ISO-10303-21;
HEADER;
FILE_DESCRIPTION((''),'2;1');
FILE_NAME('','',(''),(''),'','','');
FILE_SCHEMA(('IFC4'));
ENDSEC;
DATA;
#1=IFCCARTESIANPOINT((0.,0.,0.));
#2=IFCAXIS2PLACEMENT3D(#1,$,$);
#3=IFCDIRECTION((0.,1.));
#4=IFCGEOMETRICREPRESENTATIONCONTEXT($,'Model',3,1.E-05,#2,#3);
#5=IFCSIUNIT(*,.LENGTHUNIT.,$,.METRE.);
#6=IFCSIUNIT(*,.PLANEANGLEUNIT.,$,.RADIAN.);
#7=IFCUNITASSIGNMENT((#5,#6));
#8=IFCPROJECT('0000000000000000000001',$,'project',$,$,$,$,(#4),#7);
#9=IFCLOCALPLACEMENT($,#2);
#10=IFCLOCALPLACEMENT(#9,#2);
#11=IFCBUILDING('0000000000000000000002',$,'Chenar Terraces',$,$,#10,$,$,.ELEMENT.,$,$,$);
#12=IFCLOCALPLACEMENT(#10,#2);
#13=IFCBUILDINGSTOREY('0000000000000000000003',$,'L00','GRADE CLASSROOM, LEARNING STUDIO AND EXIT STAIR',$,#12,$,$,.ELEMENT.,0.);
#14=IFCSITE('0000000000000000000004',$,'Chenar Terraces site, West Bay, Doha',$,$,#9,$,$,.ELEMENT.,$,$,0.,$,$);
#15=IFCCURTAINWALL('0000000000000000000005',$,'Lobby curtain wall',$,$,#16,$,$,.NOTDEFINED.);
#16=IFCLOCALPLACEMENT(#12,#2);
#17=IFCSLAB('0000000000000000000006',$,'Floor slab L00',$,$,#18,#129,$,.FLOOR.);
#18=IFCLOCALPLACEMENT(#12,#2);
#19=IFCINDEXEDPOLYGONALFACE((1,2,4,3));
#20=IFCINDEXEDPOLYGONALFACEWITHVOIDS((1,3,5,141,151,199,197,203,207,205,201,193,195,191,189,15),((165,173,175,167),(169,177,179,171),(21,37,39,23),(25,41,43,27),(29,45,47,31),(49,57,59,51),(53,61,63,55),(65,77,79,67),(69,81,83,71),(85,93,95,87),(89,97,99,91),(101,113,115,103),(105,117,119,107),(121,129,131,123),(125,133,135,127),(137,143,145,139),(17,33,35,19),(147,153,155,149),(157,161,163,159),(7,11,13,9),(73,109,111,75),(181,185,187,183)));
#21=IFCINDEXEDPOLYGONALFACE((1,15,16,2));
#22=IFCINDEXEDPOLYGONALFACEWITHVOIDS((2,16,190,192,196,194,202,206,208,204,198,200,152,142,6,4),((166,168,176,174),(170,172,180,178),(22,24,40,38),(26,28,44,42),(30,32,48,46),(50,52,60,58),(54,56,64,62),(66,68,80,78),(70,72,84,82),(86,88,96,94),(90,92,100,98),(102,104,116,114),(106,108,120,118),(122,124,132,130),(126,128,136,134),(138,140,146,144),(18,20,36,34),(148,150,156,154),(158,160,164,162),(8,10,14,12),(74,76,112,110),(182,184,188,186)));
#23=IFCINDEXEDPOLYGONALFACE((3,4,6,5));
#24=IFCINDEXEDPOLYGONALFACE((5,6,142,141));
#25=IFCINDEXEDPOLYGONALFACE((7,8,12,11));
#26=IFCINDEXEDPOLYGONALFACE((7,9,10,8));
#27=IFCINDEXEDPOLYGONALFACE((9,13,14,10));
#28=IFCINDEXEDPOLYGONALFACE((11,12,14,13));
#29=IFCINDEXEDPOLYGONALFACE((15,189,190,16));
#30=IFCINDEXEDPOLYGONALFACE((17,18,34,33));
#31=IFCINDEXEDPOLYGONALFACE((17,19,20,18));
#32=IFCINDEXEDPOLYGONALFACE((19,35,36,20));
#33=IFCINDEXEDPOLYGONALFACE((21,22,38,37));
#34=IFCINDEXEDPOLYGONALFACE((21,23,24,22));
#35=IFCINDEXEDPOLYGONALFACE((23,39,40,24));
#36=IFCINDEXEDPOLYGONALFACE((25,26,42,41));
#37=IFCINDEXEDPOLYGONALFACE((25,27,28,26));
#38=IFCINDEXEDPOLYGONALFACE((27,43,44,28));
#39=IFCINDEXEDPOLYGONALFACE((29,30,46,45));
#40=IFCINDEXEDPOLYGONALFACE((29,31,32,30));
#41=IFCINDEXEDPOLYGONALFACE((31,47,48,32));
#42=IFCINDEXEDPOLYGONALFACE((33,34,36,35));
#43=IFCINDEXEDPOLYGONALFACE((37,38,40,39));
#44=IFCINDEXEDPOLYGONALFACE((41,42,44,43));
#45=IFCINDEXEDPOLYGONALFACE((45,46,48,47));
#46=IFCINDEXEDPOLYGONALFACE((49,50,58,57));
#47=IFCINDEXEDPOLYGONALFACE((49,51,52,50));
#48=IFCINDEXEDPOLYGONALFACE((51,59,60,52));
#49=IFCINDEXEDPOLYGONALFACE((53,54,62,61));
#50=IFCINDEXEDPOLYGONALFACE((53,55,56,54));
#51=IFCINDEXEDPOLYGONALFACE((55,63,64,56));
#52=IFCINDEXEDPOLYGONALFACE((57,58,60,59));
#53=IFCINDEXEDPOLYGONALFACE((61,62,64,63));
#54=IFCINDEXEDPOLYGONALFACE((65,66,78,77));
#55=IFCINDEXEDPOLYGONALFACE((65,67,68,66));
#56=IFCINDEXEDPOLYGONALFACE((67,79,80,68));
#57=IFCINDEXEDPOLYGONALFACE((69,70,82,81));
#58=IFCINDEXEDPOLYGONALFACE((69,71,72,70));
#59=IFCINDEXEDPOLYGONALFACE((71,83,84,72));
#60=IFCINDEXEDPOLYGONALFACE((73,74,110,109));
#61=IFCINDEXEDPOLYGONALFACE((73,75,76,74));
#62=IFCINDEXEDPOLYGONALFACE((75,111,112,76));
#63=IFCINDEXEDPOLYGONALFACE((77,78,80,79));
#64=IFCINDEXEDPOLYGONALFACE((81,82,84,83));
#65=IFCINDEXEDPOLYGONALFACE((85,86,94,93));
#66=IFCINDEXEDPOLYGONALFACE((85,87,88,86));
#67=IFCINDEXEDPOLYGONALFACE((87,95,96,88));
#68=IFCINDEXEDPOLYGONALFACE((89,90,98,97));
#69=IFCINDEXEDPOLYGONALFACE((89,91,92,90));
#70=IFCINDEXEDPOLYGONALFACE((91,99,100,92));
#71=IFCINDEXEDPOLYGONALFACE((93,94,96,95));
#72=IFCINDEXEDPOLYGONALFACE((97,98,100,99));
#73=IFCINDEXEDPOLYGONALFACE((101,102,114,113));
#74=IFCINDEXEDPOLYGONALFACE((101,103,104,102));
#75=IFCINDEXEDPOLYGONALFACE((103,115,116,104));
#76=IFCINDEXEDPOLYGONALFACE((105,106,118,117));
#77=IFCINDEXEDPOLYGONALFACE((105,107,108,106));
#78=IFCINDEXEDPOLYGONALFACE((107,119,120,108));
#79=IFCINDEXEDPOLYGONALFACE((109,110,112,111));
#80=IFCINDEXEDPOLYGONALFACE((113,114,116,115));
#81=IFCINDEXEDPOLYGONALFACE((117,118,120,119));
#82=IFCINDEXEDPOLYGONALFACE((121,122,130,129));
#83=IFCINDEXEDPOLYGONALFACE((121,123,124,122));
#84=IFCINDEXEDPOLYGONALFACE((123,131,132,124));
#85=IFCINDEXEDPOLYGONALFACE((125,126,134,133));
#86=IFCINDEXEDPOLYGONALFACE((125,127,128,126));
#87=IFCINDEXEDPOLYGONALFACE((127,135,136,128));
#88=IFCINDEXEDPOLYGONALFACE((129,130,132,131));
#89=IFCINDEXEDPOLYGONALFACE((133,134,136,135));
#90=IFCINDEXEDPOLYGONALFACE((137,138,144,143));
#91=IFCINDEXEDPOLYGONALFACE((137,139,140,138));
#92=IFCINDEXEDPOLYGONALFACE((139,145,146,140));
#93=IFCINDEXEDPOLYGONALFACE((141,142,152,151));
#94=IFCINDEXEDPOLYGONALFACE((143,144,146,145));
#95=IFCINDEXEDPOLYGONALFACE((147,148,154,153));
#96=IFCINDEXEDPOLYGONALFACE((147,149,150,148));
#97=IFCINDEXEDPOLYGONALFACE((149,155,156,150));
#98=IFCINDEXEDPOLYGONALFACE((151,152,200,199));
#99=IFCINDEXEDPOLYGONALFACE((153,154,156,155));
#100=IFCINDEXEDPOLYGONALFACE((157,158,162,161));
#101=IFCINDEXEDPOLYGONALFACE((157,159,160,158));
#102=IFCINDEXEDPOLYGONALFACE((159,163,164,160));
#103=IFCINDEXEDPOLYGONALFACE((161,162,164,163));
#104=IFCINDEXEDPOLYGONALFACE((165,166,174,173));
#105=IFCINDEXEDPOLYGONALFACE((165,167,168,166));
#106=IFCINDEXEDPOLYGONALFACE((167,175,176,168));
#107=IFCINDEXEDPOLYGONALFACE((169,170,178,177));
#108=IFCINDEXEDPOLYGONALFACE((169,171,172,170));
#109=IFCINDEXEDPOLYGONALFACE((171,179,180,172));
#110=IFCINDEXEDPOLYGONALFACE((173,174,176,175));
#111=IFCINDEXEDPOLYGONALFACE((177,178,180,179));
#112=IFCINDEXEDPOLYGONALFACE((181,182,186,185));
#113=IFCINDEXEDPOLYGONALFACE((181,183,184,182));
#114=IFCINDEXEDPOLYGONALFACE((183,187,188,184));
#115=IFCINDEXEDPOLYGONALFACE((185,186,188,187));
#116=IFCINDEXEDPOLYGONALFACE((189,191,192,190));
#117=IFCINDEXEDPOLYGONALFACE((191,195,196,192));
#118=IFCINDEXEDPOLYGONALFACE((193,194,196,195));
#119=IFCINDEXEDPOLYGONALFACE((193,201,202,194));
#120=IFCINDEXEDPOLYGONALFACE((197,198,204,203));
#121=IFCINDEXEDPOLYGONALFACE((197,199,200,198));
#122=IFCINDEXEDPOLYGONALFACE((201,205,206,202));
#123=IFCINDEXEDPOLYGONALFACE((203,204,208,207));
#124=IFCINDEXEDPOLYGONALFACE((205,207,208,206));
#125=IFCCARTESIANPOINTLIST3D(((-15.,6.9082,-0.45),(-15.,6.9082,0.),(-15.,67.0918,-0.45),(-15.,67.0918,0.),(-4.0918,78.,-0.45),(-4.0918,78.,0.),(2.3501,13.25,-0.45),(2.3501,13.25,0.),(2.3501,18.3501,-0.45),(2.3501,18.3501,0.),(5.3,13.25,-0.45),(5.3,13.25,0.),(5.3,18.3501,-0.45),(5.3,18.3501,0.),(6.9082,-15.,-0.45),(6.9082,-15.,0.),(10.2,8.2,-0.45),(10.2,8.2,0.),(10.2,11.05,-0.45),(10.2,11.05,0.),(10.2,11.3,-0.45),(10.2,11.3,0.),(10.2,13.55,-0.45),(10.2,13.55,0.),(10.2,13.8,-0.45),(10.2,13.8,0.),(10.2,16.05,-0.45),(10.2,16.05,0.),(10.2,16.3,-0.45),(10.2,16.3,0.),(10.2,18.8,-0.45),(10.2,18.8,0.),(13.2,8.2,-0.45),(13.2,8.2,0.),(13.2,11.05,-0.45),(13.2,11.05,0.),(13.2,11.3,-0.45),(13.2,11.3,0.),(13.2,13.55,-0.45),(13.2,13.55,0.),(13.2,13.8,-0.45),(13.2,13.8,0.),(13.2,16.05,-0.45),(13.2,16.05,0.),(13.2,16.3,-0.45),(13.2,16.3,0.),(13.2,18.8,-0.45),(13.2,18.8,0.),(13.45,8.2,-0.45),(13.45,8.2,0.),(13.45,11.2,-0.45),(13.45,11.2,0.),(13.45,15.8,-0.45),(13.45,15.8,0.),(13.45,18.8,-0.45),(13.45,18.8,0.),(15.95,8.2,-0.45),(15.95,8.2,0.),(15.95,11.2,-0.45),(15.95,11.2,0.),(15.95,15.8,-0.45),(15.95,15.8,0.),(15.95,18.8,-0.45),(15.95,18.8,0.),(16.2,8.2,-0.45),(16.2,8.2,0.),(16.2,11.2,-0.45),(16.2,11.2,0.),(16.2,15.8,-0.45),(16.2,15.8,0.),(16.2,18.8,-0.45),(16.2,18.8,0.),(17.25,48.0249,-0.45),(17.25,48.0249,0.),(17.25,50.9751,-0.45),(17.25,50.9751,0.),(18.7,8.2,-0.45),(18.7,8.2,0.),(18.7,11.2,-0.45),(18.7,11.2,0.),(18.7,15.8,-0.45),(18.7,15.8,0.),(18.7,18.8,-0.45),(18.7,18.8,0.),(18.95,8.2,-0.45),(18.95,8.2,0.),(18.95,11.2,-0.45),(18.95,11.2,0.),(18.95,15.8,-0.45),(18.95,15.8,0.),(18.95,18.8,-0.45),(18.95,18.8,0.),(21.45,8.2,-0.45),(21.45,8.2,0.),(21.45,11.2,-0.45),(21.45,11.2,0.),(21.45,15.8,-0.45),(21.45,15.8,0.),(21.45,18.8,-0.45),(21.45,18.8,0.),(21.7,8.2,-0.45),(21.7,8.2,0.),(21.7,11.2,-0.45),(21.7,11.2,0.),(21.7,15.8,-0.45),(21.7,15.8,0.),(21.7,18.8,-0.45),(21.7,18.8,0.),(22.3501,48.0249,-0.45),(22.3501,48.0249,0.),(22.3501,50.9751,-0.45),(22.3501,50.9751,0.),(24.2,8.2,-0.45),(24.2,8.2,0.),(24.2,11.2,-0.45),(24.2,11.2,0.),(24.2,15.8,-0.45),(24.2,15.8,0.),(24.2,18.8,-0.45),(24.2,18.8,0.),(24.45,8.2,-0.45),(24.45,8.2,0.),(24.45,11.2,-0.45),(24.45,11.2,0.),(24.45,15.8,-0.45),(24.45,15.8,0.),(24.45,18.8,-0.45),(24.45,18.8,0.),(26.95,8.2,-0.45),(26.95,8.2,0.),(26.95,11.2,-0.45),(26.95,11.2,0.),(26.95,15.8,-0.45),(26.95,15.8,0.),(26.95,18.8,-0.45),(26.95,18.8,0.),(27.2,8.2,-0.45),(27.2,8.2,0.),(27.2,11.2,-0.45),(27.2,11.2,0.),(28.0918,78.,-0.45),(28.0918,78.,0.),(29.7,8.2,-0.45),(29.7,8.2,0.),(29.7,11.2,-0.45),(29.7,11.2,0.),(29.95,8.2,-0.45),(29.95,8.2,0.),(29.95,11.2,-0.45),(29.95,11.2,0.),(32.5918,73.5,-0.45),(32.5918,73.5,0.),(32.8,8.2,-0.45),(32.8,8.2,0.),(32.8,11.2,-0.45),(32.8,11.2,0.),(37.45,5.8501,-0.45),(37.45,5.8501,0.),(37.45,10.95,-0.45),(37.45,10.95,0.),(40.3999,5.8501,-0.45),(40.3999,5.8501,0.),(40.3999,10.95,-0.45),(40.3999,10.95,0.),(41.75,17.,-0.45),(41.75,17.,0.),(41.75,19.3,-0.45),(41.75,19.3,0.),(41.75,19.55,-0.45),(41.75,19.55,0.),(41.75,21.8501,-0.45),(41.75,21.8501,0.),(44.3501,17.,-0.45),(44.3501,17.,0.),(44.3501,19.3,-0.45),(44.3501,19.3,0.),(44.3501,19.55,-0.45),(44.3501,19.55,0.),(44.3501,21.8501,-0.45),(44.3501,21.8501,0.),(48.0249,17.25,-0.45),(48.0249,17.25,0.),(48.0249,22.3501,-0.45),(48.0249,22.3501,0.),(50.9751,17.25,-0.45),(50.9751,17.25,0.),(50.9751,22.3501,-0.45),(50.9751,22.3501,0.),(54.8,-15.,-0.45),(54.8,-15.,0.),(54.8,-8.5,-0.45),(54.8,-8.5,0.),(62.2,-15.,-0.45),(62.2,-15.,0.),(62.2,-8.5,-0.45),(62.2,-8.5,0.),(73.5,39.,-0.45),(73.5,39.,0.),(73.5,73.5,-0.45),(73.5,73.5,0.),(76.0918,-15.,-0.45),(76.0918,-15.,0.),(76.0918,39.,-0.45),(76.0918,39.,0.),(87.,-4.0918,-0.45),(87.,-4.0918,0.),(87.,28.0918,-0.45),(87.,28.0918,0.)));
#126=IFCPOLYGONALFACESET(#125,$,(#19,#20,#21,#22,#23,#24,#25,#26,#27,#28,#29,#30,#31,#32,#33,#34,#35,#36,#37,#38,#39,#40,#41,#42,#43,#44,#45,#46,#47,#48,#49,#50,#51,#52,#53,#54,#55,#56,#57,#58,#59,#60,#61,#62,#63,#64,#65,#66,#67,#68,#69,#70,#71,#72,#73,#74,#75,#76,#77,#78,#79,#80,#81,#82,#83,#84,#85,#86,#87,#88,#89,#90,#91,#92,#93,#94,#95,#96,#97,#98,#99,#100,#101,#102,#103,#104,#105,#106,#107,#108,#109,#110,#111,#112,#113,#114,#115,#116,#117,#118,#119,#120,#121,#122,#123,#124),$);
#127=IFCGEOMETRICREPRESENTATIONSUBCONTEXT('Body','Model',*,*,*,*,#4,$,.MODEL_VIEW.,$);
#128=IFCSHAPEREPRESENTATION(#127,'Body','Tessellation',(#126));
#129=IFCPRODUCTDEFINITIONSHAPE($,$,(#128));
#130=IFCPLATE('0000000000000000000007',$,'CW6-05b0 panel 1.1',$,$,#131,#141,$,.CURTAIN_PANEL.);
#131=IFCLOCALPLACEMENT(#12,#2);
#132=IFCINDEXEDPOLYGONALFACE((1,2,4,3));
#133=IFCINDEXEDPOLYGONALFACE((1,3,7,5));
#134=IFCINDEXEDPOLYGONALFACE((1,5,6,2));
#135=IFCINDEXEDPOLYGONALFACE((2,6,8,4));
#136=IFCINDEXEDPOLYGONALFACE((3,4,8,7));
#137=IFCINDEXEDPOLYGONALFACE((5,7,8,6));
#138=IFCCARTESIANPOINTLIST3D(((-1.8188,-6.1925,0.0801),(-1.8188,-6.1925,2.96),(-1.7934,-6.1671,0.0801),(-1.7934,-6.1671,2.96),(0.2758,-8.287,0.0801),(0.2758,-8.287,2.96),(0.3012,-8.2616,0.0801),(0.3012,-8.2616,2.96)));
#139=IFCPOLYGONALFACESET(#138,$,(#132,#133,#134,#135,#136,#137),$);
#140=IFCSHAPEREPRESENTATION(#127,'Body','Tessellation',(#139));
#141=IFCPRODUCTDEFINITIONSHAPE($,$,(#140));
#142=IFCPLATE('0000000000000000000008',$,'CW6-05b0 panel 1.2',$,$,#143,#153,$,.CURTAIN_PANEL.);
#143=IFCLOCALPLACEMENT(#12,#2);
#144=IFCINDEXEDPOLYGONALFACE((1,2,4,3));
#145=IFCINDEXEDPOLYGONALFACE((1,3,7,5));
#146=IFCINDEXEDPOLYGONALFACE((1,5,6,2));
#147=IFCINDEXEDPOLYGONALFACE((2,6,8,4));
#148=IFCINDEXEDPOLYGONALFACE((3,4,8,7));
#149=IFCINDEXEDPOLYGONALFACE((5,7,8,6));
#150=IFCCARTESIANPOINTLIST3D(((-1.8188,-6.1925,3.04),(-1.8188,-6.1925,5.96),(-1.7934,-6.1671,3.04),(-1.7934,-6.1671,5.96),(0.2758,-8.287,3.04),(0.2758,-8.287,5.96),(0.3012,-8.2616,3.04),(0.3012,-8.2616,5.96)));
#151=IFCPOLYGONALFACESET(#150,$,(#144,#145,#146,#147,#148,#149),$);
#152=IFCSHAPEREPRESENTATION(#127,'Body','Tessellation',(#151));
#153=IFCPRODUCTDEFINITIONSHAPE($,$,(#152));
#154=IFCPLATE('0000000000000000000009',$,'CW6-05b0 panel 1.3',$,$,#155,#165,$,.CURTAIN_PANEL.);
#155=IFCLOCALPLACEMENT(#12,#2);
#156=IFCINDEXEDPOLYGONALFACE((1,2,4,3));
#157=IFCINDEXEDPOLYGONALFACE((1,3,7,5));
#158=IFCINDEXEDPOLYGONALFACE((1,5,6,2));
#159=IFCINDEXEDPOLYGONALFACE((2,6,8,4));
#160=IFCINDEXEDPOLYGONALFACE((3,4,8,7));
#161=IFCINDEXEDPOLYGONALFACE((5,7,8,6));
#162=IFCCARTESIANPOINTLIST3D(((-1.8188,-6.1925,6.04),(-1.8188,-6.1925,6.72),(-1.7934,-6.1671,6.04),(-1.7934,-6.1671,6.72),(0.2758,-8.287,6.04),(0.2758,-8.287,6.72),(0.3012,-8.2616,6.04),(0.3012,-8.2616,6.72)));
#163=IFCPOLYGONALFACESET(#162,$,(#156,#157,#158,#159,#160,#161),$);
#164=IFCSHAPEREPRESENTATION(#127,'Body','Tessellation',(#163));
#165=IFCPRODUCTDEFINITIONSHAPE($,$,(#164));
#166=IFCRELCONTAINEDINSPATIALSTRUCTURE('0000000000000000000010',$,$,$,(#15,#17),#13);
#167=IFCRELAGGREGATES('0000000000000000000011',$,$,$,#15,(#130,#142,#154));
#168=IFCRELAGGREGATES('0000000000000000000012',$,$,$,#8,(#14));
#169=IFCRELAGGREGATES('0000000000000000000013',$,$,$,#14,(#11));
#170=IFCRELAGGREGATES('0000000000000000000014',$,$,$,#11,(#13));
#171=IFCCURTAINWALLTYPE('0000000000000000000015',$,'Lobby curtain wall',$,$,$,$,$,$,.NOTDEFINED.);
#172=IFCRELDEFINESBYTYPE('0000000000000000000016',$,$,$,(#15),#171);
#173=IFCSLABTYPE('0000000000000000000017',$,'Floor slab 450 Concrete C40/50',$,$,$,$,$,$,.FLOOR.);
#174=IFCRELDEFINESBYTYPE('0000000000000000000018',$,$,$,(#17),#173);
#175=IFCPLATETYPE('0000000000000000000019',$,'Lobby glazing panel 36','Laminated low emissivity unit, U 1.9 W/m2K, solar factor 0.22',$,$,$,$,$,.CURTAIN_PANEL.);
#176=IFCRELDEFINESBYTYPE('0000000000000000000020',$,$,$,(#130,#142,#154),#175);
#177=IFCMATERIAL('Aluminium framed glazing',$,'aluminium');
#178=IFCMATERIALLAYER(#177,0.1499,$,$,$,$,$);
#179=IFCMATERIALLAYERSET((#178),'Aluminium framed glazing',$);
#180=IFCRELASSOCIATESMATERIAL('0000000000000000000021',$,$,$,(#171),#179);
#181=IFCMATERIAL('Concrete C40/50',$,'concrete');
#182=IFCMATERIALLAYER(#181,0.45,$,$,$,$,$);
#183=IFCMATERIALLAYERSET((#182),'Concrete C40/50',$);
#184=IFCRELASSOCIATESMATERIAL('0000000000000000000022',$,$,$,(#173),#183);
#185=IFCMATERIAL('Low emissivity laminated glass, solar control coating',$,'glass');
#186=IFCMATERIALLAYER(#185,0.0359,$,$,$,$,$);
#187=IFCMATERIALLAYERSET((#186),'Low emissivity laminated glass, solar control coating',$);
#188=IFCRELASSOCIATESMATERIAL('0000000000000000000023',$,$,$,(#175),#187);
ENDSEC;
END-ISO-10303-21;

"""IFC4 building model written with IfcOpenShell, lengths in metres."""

from ifc_helpers import new_model, si_unit, direction, frame, origin, origin_2d, place, context, subcontext, project, spatial, polyline, rectangle, outline, extrude, material, layer, layer_set, type_object, element, aggregate, save


model = new_model("IFC4")

# Units and contexts
model_context = context("Model", 3, precision=1e-05, world=origin(), true_north=direction((0.0, 1.0)))
body_context = subcontext(model_context, "Body", "Model", "MODEL_VIEW")
ifc_project = project(units=[si_unit("LENGTHUNIT", "METRE"), si_unit("PLANEANGLEUNIT", "RADIAN")], contexts=[model_context])

# Site, building, storey
site_placement = place(None, origin())
site = spatial("IfcSite", under=ifc_project, at=site_placement, Name="Chenar Terraces site, West Bay, Doha", CompositionType="ELEMENT", RefElevation=0.0)
building_placement = place(site_placement, origin())
building = spatial("IfcBuilding", under=site, at=building_placement, Name="Chenar Terraces", CompositionType="ELEMENT")
storey_placement = place(building_placement, origin())
storey = spatial("IfcBuildingStorey", under=building, at=storey_placement, Name="L00", Description="GRADE CLASSROOM, LEARNING STUDIO AND EXIT STAIR", CompositionType="ELEMENT", Elevation=0.0)

# Curtain wall
ifc_material_1 = material(Name="Aluminium framed glazing", Category="aluminium")
ifc_layer_1 = layer(ifc_material_1, 0.1499)
ifc_layer_set_1 = layer_set([ifc_layer_1], Name="Aluminium framed glazing")
curtain_wall_type = type_object("IfcCurtainWallType", Name="Lobby curtain wall", PredefinedType="NOTDEFINED", material=ifc_layer_set_1)
placement_1 = place(storey_placement, origin())
curtain_wall = element("IfcCurtainWall", 1, at=placement_1, inside=storey, type_object=curtain_wall_type, Name="Lobby curtain wall", PredefinedType="NOTDEFINED")

# Slab
ifc_material_2 = material(Name="Concrete C40/50", Category="concrete")
ifc_layer_2 = layer(ifc_material_2, 0.45)
ifc_layer_set_2 = layer_set([ifc_layer_2], Name="Concrete C40/50")
slab_type_1 = type_object("IfcSlabType", Name="Floor slab 450 Concrete C40/50", PredefinedType="FLOOR", material=ifc_layer_set_2)
placement_2 = place(storey_placement, frame((0.0, 0.0, -0.45)))
element("IfcSlab", 2, at=placement_2, inside=storey, type_object=slab_type_1, Name="Floor slab L00", PredefinedType="FLOOR", context=body_context, shape_type="SweptSolid", body=[
    extrude(outline(polyline([(73.5, 73.5), (73.5, 39.0), (76.0918, 39.0), (87.0, 28.0918), (87.0, -4.0918), (76.0918, -15.0), (62.2, -15.0), (62.2, -8.5), (54.8, -8.5), (54.8, -15.0), (6.9082, -15.0), (-15.0, 6.9082), (-15.0, 67.0918), (-4.0918, 78.0), (28.0918, 78.0), (32.5918, 73.5), (73.5, 73.5)]), holes=[polyline([(13.2, 11.05), (10.2, 11.05), (10.2, 8.2), (13.2, 8.2), (13.2, 11.05)]), polyline([(15.95, 11.2), (13.45, 11.2), (13.45, 8.2), (15.95, 8.2), (15.95, 11.2)]), polyline([(18.7, 11.2), (16.2, 11.2), (16.2, 8.2), (18.7, 8.2), (18.7, 11.2)]), polyline([(21.45, 8.2), (21.45, 11.2), (18.95, 11.2), (18.95, 8.2), (21.45, 8.2)]), polyline([(13.2, 11.3), (13.2, 13.55), (10.2, 13.55), (10.2, 11.3), (13.2, 11.3)]), polyline([(13.2, 16.05), (10.2, 16.05), (10.2, 13.8), (13.2, 13.8), (13.2, 16.05)]), polyline([(2.3501, 18.3501), (2.3501, 13.25), (5.3, 13.25), (5.3, 18.3501), (2.3501, 18.3501)]), polyline([(15.95, 15.8), (15.95, 18.8), (13.45, 18.8), (13.45, 15.8), (15.95, 15.8)]), polyline([(18.7, 18.8), (16.2, 18.8), (16.2, 15.8), (18.7, 15.8), (18.7, 18.8)]), polyline([(21.45, 15.8), (21.45, 18.8), (18.95, 18.8), (18.95, 15.8), (21.45, 15.8)]), polyline([(13.2, 16.3), (13.2, 18.8), (10.2, 18.8), (10.2, 16.3), (13.2, 16.3)]), polyline([(22.3501, 48.0249), (22.3501, 50.9751), (17.25, 50.9751), (17.25, 48.0249), (22.3501, 48.0249)]), polyline([(37.45, 10.95), (37.45, 5.8501), (40.3999, 5.8501), (40.3999, 10.95), (37.45, 10.95)]), polyline([(24.2, 11.2), (21.7, 11.2), (21.7, 8.2), (24.2, 8.2), (24.2, 11.2)]), polyline([(26.95, 8.2), (26.95, 11.2), (24.45, 11.2), (24.45, 8.2), (26.95, 8.2)]), polyline([(29.7, 8.2), (29.7, 11.2), (27.2, 11.2), (27.2, 8.2), (29.7, 8.2)]), polyline([(32.8, 11.2), (29.95, 11.2), (29.95, 8.2), (32.8, 8.2), (32.8, 11.2)]), polyline([(24.2, 15.8), (24.2, 18.8), (21.7, 18.8), (21.7, 15.8), (24.2, 15.8)]), polyline([(26.95, 15.8), (26.95, 18.8), (24.45, 18.8), (24.45, 15.8), (26.95, 15.8)]), polyline([(44.3501, 19.3), (41.75, 19.3), (41.75, 17.0), (44.3501, 17.0), (44.3501, 19.3)]), polyline([(50.9751, 17.25), (50.9751, 22.3501), (48.0249, 22.3501), (48.0249, 17.25), (50.9751, 17.25)]), polyline([(44.3501, 19.55), (44.3501, 21.8501), (41.75, 21.8501), (41.75, 19.55), (44.3501, 19.55)])]), origin(), (0.0, 0.0, 1.0), 0.45),
])

# Plates
ifc_material_3 = material(Name="Low emissivity laminated glass, solar control coating", Category="glass")
ifc_layer_3 = layer(ifc_material_3, 0.0359)
ifc_layer_set_3 = layer_set([ifc_layer_3], Name="Low emissivity laminated glass, solar control coating")
plate_type = type_object("IfcPlateType", Name="Lobby glazing panel 36", Description="Laminated low emissivity unit, U 1.9 W/m2K, solar factor 0.22", PredefinedType="CURTAIN_PANEL", material=ifc_layer_set_3)
plate_1_placement = place(storey_placement, frame((-0.7588, -7.2271, 0.0801), z_axis=(0.0, 0.0, 1.0), x_axis=(0.707107, -0.707107, 0.0)))
plate_1 = element("IfcPlate", 3, at=plate_1_placement, type_object=plate_type, Name="CW6-05b0 panel 1.1", PredefinedType="CURTAIN_PANEL", context=body_context, shape_type="SweptSolid", body=[
    extrude(rectangle(XDim=2.9622, YDim=0.0359, at=origin_2d()), origin(), (0.0, 0.0, 1.0), 2.8799),
])
plate_2_placement = place(storey_placement, frame((-0.7588, -7.2271, 3.04), z_axis=(0.0, 0.0, 1.0), x_axis=(0.707107, -0.707107, 0.0)))
plate_2 = element("IfcPlate", 4, at=plate_2_placement, type_object=plate_type, Name="CW6-05b0 panel 1.2", PredefinedType="CURTAIN_PANEL", context=body_context, shape_type="SweptSolid", body=[
    extrude(rectangle(XDim=2.9622, YDim=0.0359, at=origin_2d()), origin(), (0.0, 0.0, 1.0), 2.9199),
])
plate_3_placement = place(storey_placement, frame((-0.7588, -7.2271, 6.04), z_axis=(0.0, 0.0, 1.0), x_axis=(0.707107, -0.707107, 0.0)))
plate_3 = element("IfcPlate", 5, at=plate_3_placement, type_object=plate_type, Name="CW6-05b0 panel 1.3", PredefinedType="CURTAIN_PANEL", context=body_context, shape_type="SweptSolid", body=[
    extrude(rectangle(XDim=2.9622, YDim=0.0359, at=origin_2d()), origin(), (0.0, 0.0, 1.0), 0.6799),
])
aggregate(curtain_wall, [plate_1, plate_2, plate_3])

save(model, "model.ifc")
